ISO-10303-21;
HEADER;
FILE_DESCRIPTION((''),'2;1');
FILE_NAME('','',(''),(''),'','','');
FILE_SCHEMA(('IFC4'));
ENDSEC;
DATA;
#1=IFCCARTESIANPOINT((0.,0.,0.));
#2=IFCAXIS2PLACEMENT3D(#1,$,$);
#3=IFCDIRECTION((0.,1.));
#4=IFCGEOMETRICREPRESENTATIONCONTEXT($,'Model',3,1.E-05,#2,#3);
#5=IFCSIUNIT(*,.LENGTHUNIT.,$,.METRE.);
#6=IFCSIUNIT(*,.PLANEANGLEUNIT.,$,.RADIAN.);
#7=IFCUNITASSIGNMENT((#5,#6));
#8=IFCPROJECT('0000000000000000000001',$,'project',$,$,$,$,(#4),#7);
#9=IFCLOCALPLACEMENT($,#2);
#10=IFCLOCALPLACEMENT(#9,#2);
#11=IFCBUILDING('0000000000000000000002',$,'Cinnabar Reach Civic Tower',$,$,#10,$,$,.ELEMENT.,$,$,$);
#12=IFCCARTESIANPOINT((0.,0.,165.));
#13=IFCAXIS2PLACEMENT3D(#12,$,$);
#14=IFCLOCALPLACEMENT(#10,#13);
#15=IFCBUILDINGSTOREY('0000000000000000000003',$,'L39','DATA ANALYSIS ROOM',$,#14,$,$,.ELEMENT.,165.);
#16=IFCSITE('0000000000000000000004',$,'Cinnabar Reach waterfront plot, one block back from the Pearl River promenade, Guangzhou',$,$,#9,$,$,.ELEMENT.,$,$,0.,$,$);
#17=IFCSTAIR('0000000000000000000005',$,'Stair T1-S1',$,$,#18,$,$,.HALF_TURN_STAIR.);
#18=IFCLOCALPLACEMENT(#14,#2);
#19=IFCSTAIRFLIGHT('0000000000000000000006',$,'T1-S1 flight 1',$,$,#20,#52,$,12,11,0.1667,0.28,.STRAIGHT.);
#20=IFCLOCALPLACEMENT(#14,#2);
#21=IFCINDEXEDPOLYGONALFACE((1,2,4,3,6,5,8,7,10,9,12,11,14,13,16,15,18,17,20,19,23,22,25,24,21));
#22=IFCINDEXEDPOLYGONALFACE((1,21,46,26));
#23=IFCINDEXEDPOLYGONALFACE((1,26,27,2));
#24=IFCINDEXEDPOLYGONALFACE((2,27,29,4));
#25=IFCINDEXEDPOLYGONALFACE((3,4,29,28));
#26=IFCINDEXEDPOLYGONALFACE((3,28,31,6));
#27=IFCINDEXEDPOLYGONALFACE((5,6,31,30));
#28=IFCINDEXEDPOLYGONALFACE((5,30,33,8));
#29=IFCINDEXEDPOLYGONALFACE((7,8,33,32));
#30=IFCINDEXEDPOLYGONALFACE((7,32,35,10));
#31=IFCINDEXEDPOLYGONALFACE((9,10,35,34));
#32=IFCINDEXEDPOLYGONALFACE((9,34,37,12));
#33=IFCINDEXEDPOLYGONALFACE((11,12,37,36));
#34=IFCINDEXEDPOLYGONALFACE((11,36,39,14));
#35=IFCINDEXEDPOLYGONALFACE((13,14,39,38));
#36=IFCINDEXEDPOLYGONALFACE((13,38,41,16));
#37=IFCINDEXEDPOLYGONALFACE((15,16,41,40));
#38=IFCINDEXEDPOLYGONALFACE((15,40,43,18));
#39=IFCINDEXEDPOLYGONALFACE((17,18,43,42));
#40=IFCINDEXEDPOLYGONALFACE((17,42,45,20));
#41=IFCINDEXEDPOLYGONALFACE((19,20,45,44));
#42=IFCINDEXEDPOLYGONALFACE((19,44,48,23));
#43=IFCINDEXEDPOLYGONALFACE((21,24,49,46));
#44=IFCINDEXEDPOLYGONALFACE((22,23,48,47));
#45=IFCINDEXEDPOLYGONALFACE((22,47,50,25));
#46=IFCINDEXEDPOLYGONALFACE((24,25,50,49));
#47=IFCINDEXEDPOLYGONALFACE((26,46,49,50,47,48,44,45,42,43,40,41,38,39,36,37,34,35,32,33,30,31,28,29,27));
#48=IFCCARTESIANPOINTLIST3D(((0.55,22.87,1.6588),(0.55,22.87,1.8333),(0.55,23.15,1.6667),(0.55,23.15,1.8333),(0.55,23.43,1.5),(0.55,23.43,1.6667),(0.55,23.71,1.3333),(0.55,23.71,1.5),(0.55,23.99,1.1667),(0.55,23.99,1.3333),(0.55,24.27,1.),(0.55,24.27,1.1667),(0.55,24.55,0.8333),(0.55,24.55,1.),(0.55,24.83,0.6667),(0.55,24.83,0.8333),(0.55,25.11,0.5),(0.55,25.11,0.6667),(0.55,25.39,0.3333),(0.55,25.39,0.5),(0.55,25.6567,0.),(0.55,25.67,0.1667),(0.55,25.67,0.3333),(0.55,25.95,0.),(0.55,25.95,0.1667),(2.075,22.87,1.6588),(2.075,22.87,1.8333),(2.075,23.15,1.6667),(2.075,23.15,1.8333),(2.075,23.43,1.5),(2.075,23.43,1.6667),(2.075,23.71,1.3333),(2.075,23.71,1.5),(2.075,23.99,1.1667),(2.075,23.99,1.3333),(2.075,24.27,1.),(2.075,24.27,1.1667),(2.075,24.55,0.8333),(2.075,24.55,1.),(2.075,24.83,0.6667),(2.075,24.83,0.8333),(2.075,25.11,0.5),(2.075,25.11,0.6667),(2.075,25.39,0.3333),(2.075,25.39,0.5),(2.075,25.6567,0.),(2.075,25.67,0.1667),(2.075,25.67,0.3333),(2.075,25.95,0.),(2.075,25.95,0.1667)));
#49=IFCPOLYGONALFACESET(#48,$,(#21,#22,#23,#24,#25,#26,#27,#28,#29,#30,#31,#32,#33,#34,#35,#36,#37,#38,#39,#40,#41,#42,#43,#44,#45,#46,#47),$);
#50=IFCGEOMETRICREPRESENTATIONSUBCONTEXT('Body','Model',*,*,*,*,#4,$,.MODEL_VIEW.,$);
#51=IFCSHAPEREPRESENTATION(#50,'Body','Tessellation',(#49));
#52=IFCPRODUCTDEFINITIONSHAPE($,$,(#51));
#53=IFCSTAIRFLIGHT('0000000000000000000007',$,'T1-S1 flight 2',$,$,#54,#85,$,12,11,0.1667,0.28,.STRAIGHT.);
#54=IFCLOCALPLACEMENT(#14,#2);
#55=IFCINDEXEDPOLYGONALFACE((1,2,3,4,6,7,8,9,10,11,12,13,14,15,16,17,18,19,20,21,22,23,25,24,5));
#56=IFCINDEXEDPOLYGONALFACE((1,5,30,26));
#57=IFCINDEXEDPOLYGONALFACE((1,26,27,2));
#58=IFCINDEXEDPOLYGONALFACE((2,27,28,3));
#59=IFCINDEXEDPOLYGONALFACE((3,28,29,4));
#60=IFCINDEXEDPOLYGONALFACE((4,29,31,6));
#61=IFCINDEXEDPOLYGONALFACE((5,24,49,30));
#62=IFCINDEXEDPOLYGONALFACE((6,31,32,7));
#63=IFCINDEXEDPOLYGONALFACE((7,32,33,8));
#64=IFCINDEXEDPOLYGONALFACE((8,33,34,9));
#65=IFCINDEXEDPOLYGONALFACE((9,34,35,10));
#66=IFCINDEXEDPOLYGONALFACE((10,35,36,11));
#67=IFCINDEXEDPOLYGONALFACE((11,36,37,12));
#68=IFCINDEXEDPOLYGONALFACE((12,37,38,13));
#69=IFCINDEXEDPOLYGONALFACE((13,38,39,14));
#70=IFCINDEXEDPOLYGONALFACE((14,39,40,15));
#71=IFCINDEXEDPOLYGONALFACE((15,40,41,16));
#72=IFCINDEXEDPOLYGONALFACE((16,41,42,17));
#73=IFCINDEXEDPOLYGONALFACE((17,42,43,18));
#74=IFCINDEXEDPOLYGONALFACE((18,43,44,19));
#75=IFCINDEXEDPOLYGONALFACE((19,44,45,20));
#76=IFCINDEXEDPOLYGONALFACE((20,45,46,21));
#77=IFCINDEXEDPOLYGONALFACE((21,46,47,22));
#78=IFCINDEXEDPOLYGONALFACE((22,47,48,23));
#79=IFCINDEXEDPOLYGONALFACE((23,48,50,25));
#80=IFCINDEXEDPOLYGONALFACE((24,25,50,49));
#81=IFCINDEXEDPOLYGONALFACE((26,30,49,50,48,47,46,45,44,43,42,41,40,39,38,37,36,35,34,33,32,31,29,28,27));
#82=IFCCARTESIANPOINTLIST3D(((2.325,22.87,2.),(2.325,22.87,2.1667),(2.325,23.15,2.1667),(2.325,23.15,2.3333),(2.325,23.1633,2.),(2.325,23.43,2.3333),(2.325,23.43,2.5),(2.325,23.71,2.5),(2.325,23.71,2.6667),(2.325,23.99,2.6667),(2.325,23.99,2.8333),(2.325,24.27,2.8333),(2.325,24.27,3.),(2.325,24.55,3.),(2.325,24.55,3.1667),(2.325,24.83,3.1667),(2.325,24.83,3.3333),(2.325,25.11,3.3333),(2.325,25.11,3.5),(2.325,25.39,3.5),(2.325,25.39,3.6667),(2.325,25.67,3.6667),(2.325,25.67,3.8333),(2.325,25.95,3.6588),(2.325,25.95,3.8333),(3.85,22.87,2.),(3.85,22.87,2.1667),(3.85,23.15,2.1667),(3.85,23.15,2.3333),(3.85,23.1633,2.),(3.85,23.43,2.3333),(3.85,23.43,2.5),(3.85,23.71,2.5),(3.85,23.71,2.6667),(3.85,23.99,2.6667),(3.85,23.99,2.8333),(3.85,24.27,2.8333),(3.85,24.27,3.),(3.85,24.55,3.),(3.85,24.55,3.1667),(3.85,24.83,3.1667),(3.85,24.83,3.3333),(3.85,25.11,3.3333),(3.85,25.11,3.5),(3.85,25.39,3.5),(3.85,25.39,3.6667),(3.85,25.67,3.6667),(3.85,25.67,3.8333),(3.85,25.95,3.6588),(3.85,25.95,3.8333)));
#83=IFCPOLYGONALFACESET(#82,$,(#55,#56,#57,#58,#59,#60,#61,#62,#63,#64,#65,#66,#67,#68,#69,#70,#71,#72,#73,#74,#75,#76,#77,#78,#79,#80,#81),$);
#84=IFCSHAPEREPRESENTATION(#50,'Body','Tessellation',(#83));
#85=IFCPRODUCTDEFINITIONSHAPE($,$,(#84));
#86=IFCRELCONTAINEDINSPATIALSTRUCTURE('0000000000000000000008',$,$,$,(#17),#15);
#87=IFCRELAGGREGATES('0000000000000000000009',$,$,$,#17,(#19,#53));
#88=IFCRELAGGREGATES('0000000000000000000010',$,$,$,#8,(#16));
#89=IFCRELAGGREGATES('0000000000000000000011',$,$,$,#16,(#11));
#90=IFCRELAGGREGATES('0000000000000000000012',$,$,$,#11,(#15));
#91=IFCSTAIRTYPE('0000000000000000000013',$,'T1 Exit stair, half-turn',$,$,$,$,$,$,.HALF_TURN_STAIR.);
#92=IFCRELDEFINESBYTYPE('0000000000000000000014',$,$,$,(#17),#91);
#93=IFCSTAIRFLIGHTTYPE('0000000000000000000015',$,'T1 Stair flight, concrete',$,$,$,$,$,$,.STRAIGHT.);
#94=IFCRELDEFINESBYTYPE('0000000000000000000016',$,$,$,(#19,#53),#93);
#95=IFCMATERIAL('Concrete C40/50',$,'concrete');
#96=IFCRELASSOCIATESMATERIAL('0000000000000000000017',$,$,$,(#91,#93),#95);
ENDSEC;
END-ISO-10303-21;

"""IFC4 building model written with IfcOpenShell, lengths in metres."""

from ifc_helpers import new_model, si_unit, direction, frame, origin, place, context, subcontext, project, spatial, polyline, outline, extrude, material, type_object, element, aggregate, save


model = new_model("IFC4")

# Units and contexts
model_context = context("Model", 3, precision=1e-05, world=origin(), true_north=direction((0.0, 1.0)))
body_context = subcontext(model_context, "Body", "Model", "MODEL_VIEW")
ifc_project = project(units=[si_unit("LENGTHUNIT", "METRE"), si_unit("PLANEANGLEUNIT", "RADIAN")], contexts=[model_context])

# Site, building, storey
site_placement = place(None, origin())
site = spatial("IfcSite", under=ifc_project, at=site_placement, Name="Cinnabar Reach waterfront plot, one block back from the Pearl River promenade, Guangzhou", CompositionType="ELEMENT", RefElevation=0.0)
building_placement = place(site_placement, origin())
building = spatial("IfcBuilding", under=site, at=building_placement, Name="Cinnabar Reach Civic Tower", CompositionType="ELEMENT")
storey_placement = place(building_placement, frame((0.0, 0.0, 165.0)))
storey = spatial("IfcBuildingStorey", under=building, at=storey_placement, Name="L39", Description="DATA ANALYSIS ROOM", CompositionType="ELEMENT", Elevation=165.0)

# Shared definitions
ifc_material_1 = material(Name="Concrete C40/50", Category="concrete")

# Stair, stair flights
stair_type = type_object("IfcStairType", Name="T1 Exit stair, half-turn", PredefinedType="HALF_TURN_STAIR", material=ifc_material_1)
stair_placement = place(storey_placement, origin())
stair = element("IfcStair", 1, at=stair_placement, inside=storey, type_object=stair_type, Name="Stair T1-S1", PredefinedType="HALF_TURN_STAIR")
stair_flight_type = type_object("IfcStairFlightType", Name="T1 Stair flight, concrete", PredefinedType="STRAIGHT", material=ifc_material_1)
stair_flight_1_placement = place(storey_placement, frame((1.3125, 25.95, 0.0), z_axis=(0.0, 0.0, 1.0), x_axis=(0.0, -1.0, 0.0)))
stair_flight_1 = element("IfcStairFlight", 2, at=stair_flight_1_placement, type_object=stair_flight_type, Name="T1-S1 flight 1", NumberOfRisers=12, NumberOfTreads=11, PredefinedType="STRAIGHT", RiserHeight=0.1667, TreadLength=0.28, context=body_context, shape_type="SweptSolid", body=[
    extrude(outline(polyline([(0.0, 0.0), (0.0, 0.1667), (0.28, 0.1667), (0.28, 0.3333), (0.56, 0.3333), (0.56, 0.5), (0.84, 0.5), (0.84, 0.6667), (1.12, 0.6667), (1.12, 0.8333), (1.4, 0.8333), (1.4, 1.0), (1.68, 1.0), (1.68, 1.1667), (1.96, 1.1667), (1.96, 1.3333), (2.24, 1.3333), (2.24, 1.5), (2.52, 1.5), (2.52, 1.6667), (2.8, 1.6667), (2.8, 1.8333), (3.08, 1.8333), (3.08, 2.0), (3.08, 1.6588), (0.2933, 0.0), (0.0, 0.0)])), frame((0.0, 0.7625, 0.0), z_axis=(0.0, -1.0, 0.0), x_axis=(1.0, 0.0, 0.0)), (0.0, 0.0, 1.0), 1.525),
])
stair_flight_2_placement = place(storey_placement, frame((3.0875, 22.87, 2.0), z_axis=(0.0, 0.0, 1.0), x_axis=(0.0, 1.0, 0.0)))
stair_flight_2 = element("IfcStairFlight", 3, at=stair_flight_2_placement, type_object=stair_flight_type, Name="T1-S1 flight 2", NumberOfRisers=12, NumberOfTreads=11, PredefinedType="STRAIGHT", RiserHeight=0.1667, TreadLength=0.28, context=body_context, shape_type="SweptSolid", body=[
    extrude(outline(polyline([(0.0, 0.0), (0.0, 0.1667), (0.28, 0.1667), (0.28, 0.3333), (0.56, 0.3333), (0.56, 0.5), (0.84, 0.5), (0.84, 0.6667), (1.12, 0.6667), (1.12, 0.8333), (1.4, 0.8333), (1.4, 1.0), (1.68, 1.0), (1.68, 1.1667), (1.96, 1.1667), (1.96, 1.3333), (2.24, 1.3333), (2.24, 1.5), (2.52, 1.5), (2.52, 1.6667), (2.8, 1.6667), (2.8, 1.8333), (3.08, 1.8333), (3.08, 2.0), (3.08, 1.6588), (0.2933, 0.0), (0.0, 0.0)])), frame((0.0, 0.7625, 0.0), z_axis=(0.0, -1.0, 0.0), x_axis=(1.0, 0.0, 0.0)), (0.0, 0.0, 1.0), 1.525),
])
aggregate(stair, [stair_flight_1, stair_flight_2])

save(model, "model.ifc")
